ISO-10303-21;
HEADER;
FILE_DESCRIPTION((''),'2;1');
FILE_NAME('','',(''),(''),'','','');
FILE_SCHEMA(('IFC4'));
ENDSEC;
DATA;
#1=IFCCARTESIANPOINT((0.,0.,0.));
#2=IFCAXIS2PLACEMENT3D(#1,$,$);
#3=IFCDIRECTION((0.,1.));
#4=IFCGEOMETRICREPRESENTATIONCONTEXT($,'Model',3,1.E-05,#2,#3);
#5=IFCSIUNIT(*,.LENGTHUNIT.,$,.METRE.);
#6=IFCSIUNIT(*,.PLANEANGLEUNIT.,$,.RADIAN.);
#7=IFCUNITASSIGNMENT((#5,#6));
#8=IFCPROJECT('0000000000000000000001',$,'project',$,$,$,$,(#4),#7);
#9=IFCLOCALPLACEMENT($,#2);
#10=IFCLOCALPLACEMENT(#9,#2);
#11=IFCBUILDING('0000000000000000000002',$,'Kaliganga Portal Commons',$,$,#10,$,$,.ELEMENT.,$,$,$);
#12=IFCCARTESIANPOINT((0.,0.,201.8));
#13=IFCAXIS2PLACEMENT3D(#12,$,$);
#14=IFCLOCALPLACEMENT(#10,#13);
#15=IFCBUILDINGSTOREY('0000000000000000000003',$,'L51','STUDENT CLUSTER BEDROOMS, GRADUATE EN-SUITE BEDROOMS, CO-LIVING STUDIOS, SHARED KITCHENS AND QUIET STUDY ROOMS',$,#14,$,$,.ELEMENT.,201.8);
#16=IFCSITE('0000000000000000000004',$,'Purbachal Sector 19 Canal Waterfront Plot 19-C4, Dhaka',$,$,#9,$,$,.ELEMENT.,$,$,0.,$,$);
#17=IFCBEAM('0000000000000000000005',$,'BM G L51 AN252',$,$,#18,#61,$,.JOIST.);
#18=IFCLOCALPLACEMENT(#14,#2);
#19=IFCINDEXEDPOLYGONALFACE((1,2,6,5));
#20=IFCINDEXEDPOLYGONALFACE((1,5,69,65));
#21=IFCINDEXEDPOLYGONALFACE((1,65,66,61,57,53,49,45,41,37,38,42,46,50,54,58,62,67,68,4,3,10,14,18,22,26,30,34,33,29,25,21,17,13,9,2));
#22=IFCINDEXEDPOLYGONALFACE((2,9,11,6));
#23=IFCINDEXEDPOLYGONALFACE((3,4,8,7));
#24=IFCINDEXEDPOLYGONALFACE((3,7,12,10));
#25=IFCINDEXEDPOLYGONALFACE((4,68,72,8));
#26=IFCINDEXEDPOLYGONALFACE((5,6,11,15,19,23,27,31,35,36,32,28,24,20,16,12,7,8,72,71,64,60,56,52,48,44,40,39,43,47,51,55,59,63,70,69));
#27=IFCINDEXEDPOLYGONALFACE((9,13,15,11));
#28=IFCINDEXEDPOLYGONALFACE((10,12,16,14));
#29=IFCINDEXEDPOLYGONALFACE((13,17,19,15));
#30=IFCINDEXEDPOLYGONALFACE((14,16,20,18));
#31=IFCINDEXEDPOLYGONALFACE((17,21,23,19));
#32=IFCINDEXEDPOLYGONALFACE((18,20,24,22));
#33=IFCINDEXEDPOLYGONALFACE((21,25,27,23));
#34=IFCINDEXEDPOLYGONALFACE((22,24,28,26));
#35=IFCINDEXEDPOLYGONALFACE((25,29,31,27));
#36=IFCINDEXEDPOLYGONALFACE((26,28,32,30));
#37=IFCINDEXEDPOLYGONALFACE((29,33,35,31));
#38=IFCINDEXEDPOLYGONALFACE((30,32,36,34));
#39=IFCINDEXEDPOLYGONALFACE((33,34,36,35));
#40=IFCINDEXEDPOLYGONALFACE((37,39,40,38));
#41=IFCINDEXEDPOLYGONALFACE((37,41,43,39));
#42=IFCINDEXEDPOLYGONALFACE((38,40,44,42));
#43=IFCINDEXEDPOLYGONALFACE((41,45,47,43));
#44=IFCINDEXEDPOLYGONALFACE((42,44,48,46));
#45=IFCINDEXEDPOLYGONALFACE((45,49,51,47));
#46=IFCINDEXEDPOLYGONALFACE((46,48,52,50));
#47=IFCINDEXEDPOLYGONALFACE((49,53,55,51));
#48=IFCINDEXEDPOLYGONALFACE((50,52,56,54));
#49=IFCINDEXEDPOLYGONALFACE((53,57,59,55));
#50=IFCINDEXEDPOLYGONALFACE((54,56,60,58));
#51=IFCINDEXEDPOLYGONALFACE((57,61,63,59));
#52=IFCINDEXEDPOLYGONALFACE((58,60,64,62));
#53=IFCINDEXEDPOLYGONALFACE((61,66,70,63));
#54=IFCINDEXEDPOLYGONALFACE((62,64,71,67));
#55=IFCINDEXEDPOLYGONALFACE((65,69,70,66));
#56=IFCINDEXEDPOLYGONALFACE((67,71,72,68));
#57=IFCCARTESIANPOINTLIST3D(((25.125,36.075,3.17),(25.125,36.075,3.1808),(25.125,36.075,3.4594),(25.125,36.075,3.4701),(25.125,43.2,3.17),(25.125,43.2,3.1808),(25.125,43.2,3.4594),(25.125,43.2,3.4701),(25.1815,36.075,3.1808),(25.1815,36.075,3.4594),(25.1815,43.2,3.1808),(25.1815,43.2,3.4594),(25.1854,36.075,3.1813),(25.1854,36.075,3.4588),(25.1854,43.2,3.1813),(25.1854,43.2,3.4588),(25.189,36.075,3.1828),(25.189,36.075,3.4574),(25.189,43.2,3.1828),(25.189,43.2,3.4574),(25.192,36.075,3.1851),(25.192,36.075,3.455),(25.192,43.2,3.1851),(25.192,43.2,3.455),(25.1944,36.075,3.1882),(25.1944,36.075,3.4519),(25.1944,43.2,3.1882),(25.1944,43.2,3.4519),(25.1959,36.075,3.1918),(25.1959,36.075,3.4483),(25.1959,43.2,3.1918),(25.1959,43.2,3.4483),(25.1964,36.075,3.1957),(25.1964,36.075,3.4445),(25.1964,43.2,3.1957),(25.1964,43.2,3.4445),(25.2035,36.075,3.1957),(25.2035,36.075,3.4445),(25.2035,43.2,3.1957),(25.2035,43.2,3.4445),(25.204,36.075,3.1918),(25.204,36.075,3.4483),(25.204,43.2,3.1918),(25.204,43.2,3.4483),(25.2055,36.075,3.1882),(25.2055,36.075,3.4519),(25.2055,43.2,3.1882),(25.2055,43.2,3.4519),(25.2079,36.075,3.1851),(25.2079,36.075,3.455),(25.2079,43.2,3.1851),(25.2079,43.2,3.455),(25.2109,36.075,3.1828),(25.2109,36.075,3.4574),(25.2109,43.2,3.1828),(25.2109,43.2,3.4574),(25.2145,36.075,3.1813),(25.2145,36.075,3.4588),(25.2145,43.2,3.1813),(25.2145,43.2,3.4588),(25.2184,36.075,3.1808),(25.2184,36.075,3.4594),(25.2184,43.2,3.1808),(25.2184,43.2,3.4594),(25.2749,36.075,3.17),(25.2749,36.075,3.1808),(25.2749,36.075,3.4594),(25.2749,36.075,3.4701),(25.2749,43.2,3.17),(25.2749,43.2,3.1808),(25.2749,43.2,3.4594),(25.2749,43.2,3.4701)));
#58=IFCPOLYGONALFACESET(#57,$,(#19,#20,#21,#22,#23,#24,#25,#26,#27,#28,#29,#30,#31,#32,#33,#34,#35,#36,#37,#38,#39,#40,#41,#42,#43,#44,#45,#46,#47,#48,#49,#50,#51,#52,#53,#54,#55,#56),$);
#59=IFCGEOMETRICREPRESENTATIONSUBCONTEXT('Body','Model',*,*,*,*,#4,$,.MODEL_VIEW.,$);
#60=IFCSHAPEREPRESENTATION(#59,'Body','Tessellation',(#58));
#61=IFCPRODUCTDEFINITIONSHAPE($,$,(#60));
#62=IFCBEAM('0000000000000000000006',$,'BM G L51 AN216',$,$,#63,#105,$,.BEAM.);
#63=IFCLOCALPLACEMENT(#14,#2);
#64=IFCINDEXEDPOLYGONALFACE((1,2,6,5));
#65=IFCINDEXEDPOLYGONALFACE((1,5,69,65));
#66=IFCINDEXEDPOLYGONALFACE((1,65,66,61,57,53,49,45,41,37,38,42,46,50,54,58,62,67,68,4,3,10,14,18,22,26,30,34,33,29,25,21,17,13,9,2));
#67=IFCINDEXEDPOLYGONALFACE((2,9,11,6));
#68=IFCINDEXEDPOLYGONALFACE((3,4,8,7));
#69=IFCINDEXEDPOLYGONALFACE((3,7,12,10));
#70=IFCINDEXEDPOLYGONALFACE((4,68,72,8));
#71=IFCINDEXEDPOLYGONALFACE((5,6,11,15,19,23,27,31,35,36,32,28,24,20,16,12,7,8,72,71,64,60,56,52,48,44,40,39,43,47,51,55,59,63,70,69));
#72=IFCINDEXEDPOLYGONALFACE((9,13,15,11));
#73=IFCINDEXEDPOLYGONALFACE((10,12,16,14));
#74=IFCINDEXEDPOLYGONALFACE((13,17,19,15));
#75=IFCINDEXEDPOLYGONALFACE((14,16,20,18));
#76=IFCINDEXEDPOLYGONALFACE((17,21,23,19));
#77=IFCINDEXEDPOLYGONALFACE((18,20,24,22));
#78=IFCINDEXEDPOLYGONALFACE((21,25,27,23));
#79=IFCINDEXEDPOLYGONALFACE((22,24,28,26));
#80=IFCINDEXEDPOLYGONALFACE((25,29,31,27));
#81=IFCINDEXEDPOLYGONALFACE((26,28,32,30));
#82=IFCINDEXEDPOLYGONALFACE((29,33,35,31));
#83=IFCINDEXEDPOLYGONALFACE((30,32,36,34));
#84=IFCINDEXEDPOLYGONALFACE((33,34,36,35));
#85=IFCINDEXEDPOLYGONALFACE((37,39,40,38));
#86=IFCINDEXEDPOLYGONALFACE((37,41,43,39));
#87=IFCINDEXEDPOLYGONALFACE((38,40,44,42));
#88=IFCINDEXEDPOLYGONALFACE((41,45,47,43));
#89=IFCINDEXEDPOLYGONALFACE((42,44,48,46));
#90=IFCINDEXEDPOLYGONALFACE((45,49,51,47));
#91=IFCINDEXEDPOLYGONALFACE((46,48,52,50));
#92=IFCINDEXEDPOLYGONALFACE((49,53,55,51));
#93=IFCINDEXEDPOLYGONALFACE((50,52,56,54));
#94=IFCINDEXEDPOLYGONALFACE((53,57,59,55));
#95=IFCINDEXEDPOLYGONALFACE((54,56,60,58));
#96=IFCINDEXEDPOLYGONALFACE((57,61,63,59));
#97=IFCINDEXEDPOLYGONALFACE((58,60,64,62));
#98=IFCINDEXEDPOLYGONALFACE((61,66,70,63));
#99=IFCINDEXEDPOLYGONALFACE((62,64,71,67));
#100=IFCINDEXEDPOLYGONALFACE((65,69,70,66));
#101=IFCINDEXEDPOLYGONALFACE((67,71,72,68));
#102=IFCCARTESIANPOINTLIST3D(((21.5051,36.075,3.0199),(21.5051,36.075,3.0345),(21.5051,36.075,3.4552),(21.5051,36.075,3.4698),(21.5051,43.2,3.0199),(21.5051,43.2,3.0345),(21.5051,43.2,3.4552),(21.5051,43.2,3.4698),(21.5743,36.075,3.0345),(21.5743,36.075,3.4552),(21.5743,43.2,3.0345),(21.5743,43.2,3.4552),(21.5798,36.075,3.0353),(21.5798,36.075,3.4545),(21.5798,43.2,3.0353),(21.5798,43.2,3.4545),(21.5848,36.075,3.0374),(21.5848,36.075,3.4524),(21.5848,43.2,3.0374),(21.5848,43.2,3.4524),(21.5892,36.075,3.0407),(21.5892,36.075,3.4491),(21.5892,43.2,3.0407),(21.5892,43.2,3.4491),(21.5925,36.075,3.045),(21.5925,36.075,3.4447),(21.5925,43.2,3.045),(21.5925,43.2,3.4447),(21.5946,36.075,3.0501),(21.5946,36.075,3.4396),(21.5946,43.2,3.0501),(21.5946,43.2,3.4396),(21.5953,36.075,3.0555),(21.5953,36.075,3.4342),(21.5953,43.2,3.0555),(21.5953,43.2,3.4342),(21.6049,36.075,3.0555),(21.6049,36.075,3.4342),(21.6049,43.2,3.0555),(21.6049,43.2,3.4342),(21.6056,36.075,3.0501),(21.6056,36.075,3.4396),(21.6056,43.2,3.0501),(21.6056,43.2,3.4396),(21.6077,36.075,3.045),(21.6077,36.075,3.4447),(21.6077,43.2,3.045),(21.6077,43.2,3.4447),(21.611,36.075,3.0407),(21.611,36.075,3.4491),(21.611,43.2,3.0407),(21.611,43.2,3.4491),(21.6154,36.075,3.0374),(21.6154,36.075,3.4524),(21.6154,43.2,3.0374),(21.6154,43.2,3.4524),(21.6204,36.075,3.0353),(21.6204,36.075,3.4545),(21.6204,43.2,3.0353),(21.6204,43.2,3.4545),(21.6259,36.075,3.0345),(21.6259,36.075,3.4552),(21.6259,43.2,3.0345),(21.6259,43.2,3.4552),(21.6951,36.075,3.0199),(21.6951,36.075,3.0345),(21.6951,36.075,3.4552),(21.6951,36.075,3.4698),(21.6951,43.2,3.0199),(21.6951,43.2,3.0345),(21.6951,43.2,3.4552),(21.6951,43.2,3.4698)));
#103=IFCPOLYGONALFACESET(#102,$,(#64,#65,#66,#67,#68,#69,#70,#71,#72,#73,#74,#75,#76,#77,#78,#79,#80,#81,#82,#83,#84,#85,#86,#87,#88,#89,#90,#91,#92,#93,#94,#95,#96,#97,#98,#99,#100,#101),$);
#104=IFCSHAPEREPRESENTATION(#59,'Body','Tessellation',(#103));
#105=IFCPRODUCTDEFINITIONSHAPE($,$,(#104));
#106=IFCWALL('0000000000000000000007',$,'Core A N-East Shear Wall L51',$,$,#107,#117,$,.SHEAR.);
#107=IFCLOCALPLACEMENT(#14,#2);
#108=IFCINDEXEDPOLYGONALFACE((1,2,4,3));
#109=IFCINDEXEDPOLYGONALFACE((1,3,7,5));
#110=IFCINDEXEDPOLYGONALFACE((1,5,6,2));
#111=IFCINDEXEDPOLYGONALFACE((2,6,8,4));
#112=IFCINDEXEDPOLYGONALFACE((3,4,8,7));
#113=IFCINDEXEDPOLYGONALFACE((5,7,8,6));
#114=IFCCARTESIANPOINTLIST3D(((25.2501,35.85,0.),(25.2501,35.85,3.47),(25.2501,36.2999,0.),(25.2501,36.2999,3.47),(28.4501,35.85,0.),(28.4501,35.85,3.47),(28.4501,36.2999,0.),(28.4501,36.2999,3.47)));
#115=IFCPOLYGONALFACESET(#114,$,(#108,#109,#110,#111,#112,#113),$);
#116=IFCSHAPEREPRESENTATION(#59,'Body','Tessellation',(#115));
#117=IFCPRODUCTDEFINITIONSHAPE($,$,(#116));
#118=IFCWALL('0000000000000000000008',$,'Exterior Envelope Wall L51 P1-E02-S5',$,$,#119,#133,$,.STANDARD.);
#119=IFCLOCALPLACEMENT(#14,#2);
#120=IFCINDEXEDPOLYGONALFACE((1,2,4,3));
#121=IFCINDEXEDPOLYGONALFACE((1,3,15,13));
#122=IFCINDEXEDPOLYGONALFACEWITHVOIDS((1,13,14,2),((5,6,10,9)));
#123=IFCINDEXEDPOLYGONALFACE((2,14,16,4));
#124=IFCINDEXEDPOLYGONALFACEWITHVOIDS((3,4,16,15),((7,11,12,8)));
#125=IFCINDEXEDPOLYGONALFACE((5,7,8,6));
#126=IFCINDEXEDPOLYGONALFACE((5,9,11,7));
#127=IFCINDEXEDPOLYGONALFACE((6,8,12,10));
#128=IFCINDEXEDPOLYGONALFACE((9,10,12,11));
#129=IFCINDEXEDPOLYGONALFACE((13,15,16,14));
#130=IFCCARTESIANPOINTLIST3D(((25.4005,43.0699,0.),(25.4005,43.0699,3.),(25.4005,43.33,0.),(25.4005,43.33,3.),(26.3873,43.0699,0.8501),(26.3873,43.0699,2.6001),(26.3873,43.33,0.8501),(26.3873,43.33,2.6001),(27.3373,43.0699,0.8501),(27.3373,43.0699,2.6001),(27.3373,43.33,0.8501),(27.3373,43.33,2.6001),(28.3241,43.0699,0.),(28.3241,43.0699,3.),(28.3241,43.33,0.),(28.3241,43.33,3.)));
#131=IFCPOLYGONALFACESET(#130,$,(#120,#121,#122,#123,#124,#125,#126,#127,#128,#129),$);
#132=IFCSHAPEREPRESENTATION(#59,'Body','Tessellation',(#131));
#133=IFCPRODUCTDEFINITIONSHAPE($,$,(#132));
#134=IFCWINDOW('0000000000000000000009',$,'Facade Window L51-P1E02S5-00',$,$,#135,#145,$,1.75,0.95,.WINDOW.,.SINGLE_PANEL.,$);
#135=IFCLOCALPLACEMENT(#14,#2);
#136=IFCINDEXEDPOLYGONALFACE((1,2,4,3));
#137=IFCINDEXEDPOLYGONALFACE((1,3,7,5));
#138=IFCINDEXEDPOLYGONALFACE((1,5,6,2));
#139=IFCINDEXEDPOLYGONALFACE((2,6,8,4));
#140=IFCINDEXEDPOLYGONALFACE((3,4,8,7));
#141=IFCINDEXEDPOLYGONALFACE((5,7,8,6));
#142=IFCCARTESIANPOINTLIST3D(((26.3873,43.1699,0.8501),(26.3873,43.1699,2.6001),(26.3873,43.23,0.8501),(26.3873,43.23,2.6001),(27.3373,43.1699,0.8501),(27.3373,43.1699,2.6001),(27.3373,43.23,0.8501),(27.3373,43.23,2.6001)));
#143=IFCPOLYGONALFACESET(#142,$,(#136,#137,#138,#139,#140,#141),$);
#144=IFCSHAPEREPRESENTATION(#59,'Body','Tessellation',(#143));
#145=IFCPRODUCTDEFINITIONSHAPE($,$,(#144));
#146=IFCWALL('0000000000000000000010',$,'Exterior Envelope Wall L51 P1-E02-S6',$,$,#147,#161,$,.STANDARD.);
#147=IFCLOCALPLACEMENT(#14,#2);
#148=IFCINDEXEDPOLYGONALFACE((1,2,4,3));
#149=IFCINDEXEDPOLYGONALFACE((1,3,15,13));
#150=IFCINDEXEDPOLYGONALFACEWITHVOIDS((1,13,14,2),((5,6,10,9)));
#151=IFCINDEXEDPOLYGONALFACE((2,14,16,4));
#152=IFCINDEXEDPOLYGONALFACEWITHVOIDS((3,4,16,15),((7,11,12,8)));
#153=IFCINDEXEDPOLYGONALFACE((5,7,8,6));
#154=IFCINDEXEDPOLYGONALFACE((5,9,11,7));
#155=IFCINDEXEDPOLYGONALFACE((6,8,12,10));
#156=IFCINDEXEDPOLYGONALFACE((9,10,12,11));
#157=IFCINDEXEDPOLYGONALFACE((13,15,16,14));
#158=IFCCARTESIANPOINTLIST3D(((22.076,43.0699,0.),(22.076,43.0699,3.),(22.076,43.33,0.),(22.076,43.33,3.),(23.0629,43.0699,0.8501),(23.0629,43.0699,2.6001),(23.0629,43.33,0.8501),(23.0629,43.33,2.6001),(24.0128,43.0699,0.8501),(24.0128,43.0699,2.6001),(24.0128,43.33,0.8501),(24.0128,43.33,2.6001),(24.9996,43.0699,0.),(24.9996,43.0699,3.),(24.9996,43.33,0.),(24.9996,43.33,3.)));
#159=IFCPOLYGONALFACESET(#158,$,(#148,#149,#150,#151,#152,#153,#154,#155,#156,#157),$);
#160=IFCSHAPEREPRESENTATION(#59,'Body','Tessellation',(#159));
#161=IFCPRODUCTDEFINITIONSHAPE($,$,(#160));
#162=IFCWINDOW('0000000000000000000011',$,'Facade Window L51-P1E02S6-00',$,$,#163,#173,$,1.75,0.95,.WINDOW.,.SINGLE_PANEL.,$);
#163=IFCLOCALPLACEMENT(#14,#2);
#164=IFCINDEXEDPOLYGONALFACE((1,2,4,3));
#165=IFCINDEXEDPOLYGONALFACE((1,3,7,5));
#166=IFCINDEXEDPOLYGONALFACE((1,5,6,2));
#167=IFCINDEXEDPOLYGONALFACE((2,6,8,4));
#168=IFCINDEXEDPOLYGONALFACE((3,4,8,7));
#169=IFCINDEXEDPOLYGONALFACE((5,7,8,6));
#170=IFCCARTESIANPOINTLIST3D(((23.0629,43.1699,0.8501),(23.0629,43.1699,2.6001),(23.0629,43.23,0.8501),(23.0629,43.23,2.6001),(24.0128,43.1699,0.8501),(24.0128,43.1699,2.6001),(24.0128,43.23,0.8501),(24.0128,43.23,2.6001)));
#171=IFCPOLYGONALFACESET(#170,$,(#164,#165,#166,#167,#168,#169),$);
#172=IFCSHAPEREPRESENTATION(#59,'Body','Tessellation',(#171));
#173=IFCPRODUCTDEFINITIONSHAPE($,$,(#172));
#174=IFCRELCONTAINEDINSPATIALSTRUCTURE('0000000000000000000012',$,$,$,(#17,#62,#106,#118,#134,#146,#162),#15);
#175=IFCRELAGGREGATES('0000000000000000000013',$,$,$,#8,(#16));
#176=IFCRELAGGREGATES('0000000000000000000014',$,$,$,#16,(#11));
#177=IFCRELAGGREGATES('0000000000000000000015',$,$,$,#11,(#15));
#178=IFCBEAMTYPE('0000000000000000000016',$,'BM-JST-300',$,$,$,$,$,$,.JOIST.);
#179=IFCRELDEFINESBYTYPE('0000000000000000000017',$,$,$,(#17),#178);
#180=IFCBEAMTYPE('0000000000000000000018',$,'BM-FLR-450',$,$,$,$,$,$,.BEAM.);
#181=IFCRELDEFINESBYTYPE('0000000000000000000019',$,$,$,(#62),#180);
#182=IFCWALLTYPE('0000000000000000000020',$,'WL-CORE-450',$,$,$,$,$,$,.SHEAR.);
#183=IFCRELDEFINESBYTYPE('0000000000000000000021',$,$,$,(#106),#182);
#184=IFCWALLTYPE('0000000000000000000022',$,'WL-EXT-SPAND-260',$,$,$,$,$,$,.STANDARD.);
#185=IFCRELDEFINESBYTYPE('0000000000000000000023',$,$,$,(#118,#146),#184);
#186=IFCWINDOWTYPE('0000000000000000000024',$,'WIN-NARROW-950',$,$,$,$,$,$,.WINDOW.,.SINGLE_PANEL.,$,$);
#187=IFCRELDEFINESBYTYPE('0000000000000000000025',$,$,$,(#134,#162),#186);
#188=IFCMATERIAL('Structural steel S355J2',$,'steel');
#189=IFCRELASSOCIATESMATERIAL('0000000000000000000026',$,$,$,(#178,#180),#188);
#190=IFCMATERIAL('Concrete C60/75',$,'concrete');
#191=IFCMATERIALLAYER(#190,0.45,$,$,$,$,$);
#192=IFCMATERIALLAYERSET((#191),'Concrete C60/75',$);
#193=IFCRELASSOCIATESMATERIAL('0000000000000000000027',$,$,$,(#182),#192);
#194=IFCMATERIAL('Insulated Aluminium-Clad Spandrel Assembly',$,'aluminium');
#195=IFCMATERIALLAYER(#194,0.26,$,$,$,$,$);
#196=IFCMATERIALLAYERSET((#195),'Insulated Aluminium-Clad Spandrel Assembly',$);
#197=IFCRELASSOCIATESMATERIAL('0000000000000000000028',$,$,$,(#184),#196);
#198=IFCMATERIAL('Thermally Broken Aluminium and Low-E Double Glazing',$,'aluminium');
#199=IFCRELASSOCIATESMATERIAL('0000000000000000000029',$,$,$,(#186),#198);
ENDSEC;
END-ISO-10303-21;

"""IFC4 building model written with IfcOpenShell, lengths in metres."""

from ifc_helpers import new_model, si_unit, direction, frame, frame_2d, origin, origin_2d, place, context, subcontext, project, spatial, rectangle, i_section, extrude, source, transform, mapped, material, layer, layer_set, material_profile, profile_set, type_object, element, fill, save


model = new_model("IFC4")

# Units and contexts
model_context = context("Model", 3, precision=1e-05, world=origin(), true_north=direction((0.0, 1.0)))
body_context = subcontext(model_context, "Body", "Model", "MODEL_VIEW")
ifc_project = project(units=[si_unit("LENGTHUNIT", "METRE"), si_unit("PLANEANGLEUNIT", "RADIAN")], contexts=[model_context])

# Site, building, storey
site_placement = place(None, origin())
site = spatial("IfcSite", under=ifc_project, at=site_placement, Name="Purbachal Sector 19 Canal Waterfront Plot 19-C4, Dhaka", CompositionType="ELEMENT", RefElevation=0.0)
building_placement = place(site_placement, origin())
building = spatial("IfcBuilding", under=site, at=building_placement, Name="Kaliganga Portal Commons", CompositionType="ELEMENT")
storey_placement = place(building_placement, frame((0.0, 0.0, 201.8)))
storey = spatial("IfcBuildingStorey", under=building, at=storey_placement, Name="L51", Description="STUDENT CLUSTER BEDROOMS, GRADUATE EN-SUITE BEDROOMS, CO-LIVING STUDIOS, SHARED KITCHENS AND QUIET STUDY ROOMS", CompositionType="ELEMENT", Elevation=201.8)

# Shared definitions
ifc_material_1 = material(Name="Structural steel S355J2", Category="steel")

# Beams
ifc_material_profile_1 = material_profile(ifc_material_1, i_section(OverallWidth=0.1499, OverallDepth=0.3, WebThickness=0.0071, FlangeThickness=0.0107, FilletRadius=0.0149, at=origin_2d()), Name="IPE 300")
ifc_profile_set_1 = profile_set([ifc_material_profile_1], Name="Structural steel S355J2 wide-flange")
beam_type_1 = type_object("IfcBeamType", Name="BM-JST-300", PredefinedType="JOIST", material=ifc_profile_set_1)
shared_shape_1 = source(origin(), body_context, "Body", "SweptSolid", [
    extrude(i_section(OverallWidth=0.1499, OverallDepth=0.3, WebThickness=0.0071, FlangeThickness=0.0107, FilletRadius=0.0149, at=origin_2d()), origin(), (0.0, 0.0, 1.0), 7.125),
])
beam_1_placement = place(storey_placement, frame((25.2, 36.075, 3.3201), z_axis=(0.0, 1.0, 0.0), x_axis=(-1.0, 0.0, 0.0)))
element("IfcBeam", 1, at=beam_1_placement, inside=storey, type_object=beam_type_1, Name="BM G L51 AN252", PredefinedType="JOIST", context=body_context, shape_type="MappedRepresentation", body=[
    mapped(shared_shape_1, transform((0.0, 0.0, 0.0), x_axis=(1.0, 0.0, 0.0), y_axis=(0.0, 1.0, 0.0), z_axis=(0.0, 0.0, 1.0), scale=1.0)),
])
ifc_material_profile_2 = material_profile(ifc_material_1, i_section(OverallWidth=0.1899, OverallDepth=0.45, WebThickness=0.0095, FlangeThickness=0.0146, FilletRadius=0.021, at=origin_2d()), Name="IPE 450")
ifc_profile_set_2 = profile_set([ifc_material_profile_2], Name="Structural steel S355J2 wide-flange")
beam_type_2 = type_object("IfcBeamType", Name="BM-FLR-450", PredefinedType="BEAM", material=ifc_profile_set_2)
shared_shape_2 = source(origin(), body_context, "Body", "SweptSolid", [
    extrude(i_section(OverallWidth=0.1899, OverallDepth=0.45, WebThickness=0.0095, FlangeThickness=0.0146, FilletRadius=0.021, at=origin_2d()), origin(), (0.0, 0.0, 1.0), 7.125),
])
beam_2_placement = place(storey_placement, frame((21.6001, 36.075, 3.2449), z_axis=(0.0, 1.0, 0.0), x_axis=(-1.0, 0.0, 0.0)))
element("IfcBeam", 2, at=beam_2_placement, inside=storey, type_object=beam_type_2, Name="BM G L51 AN216", PredefinedType="BEAM", context=body_context, shape_type="MappedRepresentation", body=[
    mapped(shared_shape_2, transform((0.0, 0.0, 0.0), x_axis=(1.0, 0.0, 0.0), y_axis=(0.0, 1.0, 0.0), z_axis=(0.0, 0.0, 1.0), scale=1.0)),
])

# Wall
ifc_material_2 = material(Name="Concrete C60/75", Category="concrete")
ifc_layer_1 = layer(ifc_material_2, 0.45)
ifc_layer_set_1 = layer_set([ifc_layer_1], Name="Concrete C60/75")
wall_type_1 = type_object("IfcWallType", Name="WL-CORE-450", PredefinedType="SHEAR", material=ifc_layer_set_1)
wall_1_placement = place(storey_placement, frame((25.25, 36.075, 0.0), z_axis=(0.0, 0.0, 1.0), x_axis=(1.0, 0.0, 0.0)))
element("IfcWall", 3, at=wall_1_placement, inside=storey, type_object=wall_type_1, Name="Core A N-East Shear Wall L51", PredefinedType="SHEAR", context=body_context, shape_type="SweptSolid", body=[
    extrude(rectangle(XDim=3.2, YDim=0.45, at=frame_2d((1.6001, 0.0))), origin(), (0.0, 0.0, 1.0), 3.47),
])

# Walls, openings, windows
ifc_material_3 = material(Name="Insulated Aluminium-Clad Spandrel Assembly", Category="aluminium")
ifc_layer_2 = layer(ifc_material_3, 0.26)
ifc_layer_set_2 = layer_set([ifc_layer_2], Name="Insulated Aluminium-Clad Spandrel Assembly")
wall_type_2 = type_object("IfcWallType", Name="WL-EXT-SPAND-260", PredefinedType="STANDARD", material=ifc_layer_set_2)
wall_2_placement = place(storey_placement, frame((25.4004, 43.2, 0.0), z_axis=(0.0, 0.0, 1.0), x_axis=(1.0, 0.0, 0.0)))
wall_2 = element("IfcWall", 4, at=wall_2_placement, inside=storey, type_object=wall_type_2, Name="Exterior Envelope Wall L51 P1-E02-S5", PredefinedType="STANDARD", context=body_context, shape_type="SweptSolid", body=[
    extrude(rectangle(XDim=2.9236, YDim=0.26, at=frame_2d((1.4619, 0.0))), origin(), (0.0, 0.0, 1.0), 3.0),
])
opening_1_placement = place(wall_2_placement, frame((0.9868, 0.0, 0.8501)))
opening_1 = element("IfcOpeningElement", 5, at=opening_1_placement, cuts=wall_2, PredefinedType="OPENING", context=body_context, shape_type="SweptSolid", body=[
    extrude(rectangle(XDim=0.95, YDim=1.75, at=frame_2d((0.4751, 0.875))), frame((0.0, 0.1401, 0.0), z_axis=(0.0, -1.0, 0.0), x_axis=(1.0, 0.0, 0.0)), (0.0, 0.0, 1.0), 0.28),
])
ifc_material_4 = material(Name="Thermally Broken Aluminium and Low-E Double Glazing", Category="aluminium")
window_type = type_object("IfcWindowType", Name="WIN-NARROW-950", PartitioningType="SINGLE_PANEL", PredefinedType="WINDOW", material=ifc_material_4)
window_1_placement = place(opening_1_placement, origin())
window_1 = element("IfcWindow", 6, at=window_1_placement, inside=storey, type_object=window_type, Name="Facade Window L51-P1E02S5-00", OverallHeight=1.75, OverallWidth=0.95, PartitioningType="SINGLE_PANEL", PredefinedType="WINDOW", context=body_context, shape_type="SweptSolid", body=[
    extrude(rectangle(XDim=0.95, YDim=1.75, at=frame_2d((0.4751, 0.875))), frame((0.0, 0.03, 0.0), z_axis=(0.0, -1.0, 0.0), x_axis=(1.0, 0.0, 0.0)), (0.0, 0.0, 1.0), 0.0601),
])
fill(opening_1, window_1)
wall_3_placement = place(storey_placement, frame((22.0759, 43.2, 0.0), z_axis=(0.0, 0.0, 1.0), x_axis=(1.0, 0.0, 0.0)))
wall_3 = element("IfcWall", 7, at=wall_3_placement, inside=storey, type_object=wall_type_2, Name="Exterior Envelope Wall L51 P1-E02-S6", PredefinedType="STANDARD", context=body_context, shape_type="SweptSolid", body=[
    extrude(rectangle(XDim=2.9236, YDim=0.26, at=frame_2d((1.4619, 0.0))), origin(), (0.0, 0.0, 1.0), 3.0),
])
opening_2_placement = place(wall_3_placement, frame((0.9868, 0.0, 0.8501)))
opening_2 = element("IfcOpeningElement", 8, at=opening_2_placement, cuts=wall_3, PredefinedType="OPENING", context=body_context, shape_type="SweptSolid", body=[
    extrude(rectangle(XDim=0.95, YDim=1.75, at=frame_2d((0.4751, 0.875))), frame((0.0, 0.1401, 0.0), z_axis=(0.0, -1.0, 0.0), x_axis=(1.0, 0.0, 0.0)), (0.0, 0.0, 1.0), 0.28),
])
window_2_placement = place(opening_2_placement, origin())
window_2 = element("IfcWindow", 9, at=window_2_placement, inside=storey, type_object=window_type, Name="Facade Window L51-P1E02S6-00", OverallHeight=1.75, OverallWidth=0.95, PartitioningType="SINGLE_PANEL", PredefinedType="WINDOW", context=body_context, shape_type="SweptSolid", body=[
    extrude(rectangle(XDim=0.95, YDim=1.75, at=frame_2d((0.4751, 0.875))), frame((0.0, 0.03, 0.0), z_axis=(0.0, -1.0, 0.0), x_axis=(1.0, 0.0, 0.0)), (0.0, 0.0, 1.0), 0.0601),
])
fill(opening_2, window_2)

save(model, "model.ifc")
